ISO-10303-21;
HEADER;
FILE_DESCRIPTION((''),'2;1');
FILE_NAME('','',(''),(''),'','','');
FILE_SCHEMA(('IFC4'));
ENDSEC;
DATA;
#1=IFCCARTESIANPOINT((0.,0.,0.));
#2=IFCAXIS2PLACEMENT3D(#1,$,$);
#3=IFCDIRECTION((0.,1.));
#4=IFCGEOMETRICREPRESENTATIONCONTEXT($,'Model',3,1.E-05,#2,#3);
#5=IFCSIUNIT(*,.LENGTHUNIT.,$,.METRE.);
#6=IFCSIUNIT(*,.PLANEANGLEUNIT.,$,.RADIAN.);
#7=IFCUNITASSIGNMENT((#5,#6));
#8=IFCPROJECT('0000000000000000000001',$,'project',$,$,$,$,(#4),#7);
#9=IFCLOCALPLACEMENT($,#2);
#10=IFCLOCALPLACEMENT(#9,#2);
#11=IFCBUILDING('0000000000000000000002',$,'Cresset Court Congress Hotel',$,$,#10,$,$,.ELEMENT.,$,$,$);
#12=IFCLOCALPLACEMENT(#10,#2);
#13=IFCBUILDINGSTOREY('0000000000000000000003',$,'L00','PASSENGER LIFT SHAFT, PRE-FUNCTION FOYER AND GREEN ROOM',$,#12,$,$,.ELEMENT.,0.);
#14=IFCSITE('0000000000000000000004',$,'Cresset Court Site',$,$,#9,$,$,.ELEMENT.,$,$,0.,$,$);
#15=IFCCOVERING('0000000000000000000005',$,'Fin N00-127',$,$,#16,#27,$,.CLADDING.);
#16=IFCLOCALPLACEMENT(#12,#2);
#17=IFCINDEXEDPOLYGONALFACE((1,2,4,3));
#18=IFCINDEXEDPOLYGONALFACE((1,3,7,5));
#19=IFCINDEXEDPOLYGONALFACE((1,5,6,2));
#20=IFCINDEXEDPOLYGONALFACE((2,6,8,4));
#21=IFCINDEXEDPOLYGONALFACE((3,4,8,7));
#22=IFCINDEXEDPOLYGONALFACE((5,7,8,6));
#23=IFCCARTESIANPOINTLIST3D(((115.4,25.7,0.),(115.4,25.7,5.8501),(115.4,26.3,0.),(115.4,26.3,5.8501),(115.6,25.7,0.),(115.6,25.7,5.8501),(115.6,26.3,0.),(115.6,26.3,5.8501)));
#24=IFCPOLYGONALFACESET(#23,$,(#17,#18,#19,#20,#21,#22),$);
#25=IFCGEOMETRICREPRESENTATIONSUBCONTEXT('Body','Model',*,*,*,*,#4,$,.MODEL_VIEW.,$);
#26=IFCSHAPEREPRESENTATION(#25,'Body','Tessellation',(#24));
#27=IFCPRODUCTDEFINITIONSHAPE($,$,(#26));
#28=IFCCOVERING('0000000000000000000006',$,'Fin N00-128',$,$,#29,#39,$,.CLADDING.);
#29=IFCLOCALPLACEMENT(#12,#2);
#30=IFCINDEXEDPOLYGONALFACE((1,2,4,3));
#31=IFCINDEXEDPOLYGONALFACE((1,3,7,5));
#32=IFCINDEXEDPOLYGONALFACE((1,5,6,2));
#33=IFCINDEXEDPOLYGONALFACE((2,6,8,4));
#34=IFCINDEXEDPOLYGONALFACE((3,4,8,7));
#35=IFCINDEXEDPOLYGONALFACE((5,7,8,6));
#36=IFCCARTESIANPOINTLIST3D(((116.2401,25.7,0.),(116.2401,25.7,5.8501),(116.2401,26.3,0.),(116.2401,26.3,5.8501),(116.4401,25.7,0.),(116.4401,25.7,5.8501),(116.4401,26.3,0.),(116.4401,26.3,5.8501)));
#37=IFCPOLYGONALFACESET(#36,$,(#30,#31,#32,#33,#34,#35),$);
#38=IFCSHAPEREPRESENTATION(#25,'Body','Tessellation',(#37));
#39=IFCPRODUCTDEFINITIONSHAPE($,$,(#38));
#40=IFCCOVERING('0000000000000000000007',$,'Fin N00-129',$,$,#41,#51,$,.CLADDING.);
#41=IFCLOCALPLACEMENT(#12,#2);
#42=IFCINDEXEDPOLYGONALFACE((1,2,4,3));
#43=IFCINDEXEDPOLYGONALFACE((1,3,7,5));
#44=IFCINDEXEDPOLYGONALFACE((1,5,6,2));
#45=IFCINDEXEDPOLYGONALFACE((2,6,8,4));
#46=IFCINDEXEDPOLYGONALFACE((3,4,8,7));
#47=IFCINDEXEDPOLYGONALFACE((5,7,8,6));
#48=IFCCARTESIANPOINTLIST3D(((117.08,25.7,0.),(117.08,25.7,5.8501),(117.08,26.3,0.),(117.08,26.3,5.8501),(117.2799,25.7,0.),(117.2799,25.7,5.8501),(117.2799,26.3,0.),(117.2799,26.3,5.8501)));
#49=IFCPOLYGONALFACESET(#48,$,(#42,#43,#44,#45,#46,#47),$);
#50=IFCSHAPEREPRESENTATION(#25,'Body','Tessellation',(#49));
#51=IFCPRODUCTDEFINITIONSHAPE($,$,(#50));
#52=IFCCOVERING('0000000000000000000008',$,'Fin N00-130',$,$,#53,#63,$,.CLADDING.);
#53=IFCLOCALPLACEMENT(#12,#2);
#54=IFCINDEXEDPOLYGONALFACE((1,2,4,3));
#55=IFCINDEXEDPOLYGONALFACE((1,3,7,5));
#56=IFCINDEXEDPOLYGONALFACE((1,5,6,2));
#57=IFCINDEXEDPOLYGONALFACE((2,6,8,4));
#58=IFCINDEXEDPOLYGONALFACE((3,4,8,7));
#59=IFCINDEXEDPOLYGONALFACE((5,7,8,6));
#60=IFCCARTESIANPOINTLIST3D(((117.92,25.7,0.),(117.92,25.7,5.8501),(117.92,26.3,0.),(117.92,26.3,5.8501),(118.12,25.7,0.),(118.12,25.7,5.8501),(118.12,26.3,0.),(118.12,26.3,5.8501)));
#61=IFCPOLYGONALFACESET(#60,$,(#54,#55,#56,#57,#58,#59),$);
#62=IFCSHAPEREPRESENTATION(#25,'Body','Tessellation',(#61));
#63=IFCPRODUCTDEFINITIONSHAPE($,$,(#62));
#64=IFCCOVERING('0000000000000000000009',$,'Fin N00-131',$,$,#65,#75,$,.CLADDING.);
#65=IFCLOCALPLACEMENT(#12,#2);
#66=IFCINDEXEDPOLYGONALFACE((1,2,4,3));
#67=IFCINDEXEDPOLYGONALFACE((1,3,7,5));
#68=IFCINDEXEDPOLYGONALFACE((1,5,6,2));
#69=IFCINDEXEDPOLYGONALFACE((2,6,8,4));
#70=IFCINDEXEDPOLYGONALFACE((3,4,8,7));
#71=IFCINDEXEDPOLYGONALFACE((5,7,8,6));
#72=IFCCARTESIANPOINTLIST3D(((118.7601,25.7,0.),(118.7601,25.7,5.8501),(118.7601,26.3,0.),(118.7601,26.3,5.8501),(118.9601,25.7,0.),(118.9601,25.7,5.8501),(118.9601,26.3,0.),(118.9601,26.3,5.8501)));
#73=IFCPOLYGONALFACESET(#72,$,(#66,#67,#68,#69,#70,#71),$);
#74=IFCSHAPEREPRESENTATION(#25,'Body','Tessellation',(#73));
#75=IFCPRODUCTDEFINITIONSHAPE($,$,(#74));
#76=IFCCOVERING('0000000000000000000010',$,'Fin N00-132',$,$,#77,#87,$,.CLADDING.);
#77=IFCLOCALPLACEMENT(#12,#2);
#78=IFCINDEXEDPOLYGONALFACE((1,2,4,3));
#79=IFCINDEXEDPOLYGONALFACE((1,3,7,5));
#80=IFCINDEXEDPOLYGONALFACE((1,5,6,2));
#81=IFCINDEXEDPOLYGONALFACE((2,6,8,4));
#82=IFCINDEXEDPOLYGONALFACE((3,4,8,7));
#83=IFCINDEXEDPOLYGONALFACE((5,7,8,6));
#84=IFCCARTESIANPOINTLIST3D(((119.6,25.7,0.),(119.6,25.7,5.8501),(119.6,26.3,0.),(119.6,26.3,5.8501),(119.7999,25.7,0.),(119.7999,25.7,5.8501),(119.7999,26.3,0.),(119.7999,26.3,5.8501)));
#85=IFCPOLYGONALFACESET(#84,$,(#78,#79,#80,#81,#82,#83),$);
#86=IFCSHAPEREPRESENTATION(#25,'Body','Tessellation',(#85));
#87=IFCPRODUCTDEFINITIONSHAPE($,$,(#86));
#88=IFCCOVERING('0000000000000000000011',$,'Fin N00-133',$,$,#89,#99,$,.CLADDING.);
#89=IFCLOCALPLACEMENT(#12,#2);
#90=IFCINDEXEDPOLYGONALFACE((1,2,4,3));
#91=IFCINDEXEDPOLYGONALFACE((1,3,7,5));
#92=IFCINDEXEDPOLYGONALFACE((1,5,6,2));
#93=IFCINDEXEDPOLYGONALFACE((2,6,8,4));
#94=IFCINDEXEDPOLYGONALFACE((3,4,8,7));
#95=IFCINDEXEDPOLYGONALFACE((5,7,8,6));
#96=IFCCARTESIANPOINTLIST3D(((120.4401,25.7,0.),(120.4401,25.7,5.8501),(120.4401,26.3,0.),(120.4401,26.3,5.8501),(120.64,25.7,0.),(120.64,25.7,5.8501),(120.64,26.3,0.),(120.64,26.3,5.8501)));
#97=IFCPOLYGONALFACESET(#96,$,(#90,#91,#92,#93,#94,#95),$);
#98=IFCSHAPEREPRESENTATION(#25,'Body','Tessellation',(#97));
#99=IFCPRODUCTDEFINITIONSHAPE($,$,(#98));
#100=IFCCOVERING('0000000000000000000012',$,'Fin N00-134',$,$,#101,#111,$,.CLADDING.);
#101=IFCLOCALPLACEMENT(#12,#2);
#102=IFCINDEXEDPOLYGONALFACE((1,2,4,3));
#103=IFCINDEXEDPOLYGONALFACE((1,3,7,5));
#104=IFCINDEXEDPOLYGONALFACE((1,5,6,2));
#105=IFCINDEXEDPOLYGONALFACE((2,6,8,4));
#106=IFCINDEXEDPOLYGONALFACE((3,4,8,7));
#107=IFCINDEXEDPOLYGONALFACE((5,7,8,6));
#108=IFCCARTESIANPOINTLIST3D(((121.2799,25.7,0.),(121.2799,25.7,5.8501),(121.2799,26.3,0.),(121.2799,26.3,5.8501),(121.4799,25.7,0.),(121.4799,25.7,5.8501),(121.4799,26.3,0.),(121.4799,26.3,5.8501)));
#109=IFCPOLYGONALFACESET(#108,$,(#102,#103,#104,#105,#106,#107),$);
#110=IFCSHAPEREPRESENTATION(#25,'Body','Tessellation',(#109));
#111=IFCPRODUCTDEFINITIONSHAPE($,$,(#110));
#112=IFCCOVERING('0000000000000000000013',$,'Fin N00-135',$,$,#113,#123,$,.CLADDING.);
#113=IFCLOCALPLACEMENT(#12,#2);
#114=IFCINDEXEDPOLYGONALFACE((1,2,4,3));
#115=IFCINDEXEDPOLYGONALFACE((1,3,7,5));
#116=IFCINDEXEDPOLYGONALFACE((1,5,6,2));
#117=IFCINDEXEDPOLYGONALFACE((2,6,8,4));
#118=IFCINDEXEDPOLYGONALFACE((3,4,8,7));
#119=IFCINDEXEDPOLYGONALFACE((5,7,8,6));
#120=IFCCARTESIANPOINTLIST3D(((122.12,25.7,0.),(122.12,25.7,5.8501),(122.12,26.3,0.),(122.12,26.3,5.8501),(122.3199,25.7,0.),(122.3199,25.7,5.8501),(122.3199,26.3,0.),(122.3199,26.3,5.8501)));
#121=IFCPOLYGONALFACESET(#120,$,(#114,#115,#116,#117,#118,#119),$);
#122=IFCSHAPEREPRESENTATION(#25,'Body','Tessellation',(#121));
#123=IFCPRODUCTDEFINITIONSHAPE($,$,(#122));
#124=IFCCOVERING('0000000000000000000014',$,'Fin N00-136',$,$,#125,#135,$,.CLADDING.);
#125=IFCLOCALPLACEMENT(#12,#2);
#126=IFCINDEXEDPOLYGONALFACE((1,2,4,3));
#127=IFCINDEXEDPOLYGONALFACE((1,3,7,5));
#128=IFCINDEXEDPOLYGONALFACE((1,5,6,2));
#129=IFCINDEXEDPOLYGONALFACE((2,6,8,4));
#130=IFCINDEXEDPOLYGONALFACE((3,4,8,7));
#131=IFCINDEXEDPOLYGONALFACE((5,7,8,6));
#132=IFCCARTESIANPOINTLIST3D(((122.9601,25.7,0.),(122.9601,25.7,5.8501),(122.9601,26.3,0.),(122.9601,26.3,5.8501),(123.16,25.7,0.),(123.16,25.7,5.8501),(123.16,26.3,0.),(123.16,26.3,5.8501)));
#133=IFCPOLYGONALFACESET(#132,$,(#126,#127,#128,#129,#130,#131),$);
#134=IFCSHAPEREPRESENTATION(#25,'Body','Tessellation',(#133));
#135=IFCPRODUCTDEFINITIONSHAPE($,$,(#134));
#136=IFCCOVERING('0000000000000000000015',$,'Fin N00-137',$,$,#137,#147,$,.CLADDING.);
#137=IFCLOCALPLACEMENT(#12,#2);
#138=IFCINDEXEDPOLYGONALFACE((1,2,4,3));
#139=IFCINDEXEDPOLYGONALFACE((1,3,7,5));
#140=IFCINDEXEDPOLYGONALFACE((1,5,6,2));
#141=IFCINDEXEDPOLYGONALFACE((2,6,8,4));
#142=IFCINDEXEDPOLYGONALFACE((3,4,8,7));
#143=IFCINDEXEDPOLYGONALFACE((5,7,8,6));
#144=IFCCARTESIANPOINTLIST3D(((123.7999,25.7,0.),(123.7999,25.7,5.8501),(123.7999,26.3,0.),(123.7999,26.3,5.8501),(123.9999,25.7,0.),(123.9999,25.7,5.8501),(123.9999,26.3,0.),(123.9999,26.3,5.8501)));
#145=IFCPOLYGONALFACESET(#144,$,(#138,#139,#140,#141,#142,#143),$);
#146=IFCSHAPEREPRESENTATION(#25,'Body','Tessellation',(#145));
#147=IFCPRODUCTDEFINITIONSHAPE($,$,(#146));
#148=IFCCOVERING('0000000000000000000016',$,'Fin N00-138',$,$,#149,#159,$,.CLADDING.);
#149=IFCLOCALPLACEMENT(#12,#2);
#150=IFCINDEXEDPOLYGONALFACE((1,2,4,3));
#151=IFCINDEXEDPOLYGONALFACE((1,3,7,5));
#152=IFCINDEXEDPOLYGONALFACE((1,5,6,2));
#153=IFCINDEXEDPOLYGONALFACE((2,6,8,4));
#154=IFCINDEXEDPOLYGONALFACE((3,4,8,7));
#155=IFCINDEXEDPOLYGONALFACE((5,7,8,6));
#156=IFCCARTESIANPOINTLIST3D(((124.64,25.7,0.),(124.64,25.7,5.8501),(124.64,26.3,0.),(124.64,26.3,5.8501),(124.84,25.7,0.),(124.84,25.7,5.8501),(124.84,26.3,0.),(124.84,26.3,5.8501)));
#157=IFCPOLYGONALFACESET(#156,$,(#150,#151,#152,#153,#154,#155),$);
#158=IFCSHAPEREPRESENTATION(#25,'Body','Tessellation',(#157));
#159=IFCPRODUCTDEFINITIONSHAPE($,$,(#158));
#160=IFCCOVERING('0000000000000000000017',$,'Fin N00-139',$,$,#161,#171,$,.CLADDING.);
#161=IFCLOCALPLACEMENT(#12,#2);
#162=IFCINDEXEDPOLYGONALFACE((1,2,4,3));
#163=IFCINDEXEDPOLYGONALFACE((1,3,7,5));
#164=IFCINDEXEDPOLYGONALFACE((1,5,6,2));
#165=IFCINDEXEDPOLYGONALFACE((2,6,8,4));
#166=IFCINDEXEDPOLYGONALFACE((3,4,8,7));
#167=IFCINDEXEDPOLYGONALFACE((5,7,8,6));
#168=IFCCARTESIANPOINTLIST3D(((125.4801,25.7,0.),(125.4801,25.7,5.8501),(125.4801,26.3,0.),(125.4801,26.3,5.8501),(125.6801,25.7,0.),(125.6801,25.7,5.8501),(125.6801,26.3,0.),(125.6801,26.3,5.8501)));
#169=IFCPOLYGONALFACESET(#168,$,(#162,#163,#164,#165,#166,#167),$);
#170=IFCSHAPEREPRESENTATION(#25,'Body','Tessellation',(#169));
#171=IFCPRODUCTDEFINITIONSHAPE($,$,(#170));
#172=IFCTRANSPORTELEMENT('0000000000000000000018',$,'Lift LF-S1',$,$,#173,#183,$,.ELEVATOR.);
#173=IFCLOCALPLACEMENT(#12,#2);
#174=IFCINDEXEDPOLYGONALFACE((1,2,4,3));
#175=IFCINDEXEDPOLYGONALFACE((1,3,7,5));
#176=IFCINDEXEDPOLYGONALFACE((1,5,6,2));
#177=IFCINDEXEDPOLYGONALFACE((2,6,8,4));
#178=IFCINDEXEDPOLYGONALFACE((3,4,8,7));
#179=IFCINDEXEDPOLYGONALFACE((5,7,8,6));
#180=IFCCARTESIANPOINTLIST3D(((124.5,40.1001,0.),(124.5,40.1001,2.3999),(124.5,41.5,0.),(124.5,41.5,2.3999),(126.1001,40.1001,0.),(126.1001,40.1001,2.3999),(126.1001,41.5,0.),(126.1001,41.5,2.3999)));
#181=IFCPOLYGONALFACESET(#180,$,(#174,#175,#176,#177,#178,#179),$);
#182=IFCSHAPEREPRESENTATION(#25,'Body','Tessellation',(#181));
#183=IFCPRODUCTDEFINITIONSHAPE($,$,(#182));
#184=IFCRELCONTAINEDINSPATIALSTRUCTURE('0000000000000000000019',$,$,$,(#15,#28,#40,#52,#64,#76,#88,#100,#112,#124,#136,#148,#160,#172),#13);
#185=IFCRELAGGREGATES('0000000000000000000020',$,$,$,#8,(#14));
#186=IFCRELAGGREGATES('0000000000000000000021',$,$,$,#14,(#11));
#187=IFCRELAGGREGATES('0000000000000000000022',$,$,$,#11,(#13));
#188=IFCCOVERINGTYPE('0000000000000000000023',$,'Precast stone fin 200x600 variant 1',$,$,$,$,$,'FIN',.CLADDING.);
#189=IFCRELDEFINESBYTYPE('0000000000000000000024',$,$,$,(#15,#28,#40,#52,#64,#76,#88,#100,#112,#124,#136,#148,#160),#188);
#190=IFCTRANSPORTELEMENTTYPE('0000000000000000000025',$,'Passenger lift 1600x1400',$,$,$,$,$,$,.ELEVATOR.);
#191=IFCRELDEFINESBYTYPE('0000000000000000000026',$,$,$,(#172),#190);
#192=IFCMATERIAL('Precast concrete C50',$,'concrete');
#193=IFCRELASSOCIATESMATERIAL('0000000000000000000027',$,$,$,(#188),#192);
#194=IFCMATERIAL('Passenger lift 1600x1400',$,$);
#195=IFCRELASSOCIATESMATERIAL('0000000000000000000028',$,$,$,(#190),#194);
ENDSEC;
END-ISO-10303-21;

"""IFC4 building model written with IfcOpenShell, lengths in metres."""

from ifc_helpers import new_model, si_unit, direction, frame, origin, origin_2d, place, context, subcontext, project, spatial, rectangle, extrude, material, type_object, element, save


model = new_model("IFC4")

# Units and contexts
model_context = context("Model", 3, precision=1e-05, world=origin(), true_north=direction((0.0, 1.0)))
body_context = subcontext(model_context, "Body", "Model", "MODEL_VIEW")
ifc_project = project(units=[si_unit("LENGTHUNIT", "METRE"), si_unit("PLANEANGLEUNIT", "RADIAN")], contexts=[model_context])

# Site, building, storey
site_placement = place(None, origin())
site = spatial("IfcSite", under=ifc_project, at=site_placement, Name="Cresset Court Site", CompositionType="ELEMENT", RefElevation=0.0)
building_placement = place(site_placement, origin())
building = spatial("IfcBuilding", under=site, at=building_placement, Name="Cresset Court Congress Hotel", CompositionType="ELEMENT")
storey_placement = place(building_placement, origin())
storey = spatial("IfcBuildingStorey", under=building, at=storey_placement, Name="L00", Description="PASSENGER LIFT SHAFT, PRE-FUNCTION FOYER AND GREEN ROOM", CompositionType="ELEMENT", Elevation=0.0)

# Coverings
ifc_material_1 = material(Name="Precast concrete C50", Category="concrete")
covering_type = type_object("IfcCoveringType", Name="Precast stone fin 200x600 variant 1", ElementType="FIN", PredefinedType="CLADDING", material=ifc_material_1)
for number, where, z_axis, x_axis, name in (
    (1, (115.5, 26.0, 0.0), (0.0, 0.0, 1.0), (1.0, 0.0, 0.0), "Fin N00-127"),
    (2, (116.3401, 26.0, 0.0), (0.0, 0.0, 1.0), (1.0, 0.0, 0.0), "Fin N00-128"),
    (3, (117.1799, 26.0, 0.0), (0.0, 0.0, 1.0), (1.0, 0.0, 0.0), "Fin N00-129"),
    (4, (118.02, 26.0, 0.0), (0.0, 0.0, 1.0), (1.0, 0.0, 0.0), "Fin N00-130"),
    (5, (118.8601, 26.0, 0.0), (0.0, 0.0, 1.0), (1.0, 0.0, 0.0), "Fin N00-131"),
    (6, (119.7, 26.0, 0.0), (0.0, 0.0, 1.0), (1.0, 0.0, 0.0), "Fin N00-132"),
    (7, (120.54, 26.0, 0.0), (0.0, 0.0, 1.0), (1.0, 0.0, 0.0), "Fin N00-133"),
    (8, (121.3799, 26.0, 0.0), (0.0, 0.0, 1.0), (1.0, 0.0, 0.0), "Fin N00-134"),
    (9, (122.22, 26.0, 0.0), (0.0, 0.0, 1.0), (1.0, 0.0, 0.0), "Fin N00-135"),
    (10, (123.0601, 26.0, 0.0), (0.0, 0.0, 1.0), (1.0, 0.0, 0.0), "Fin N00-136"),
    (11, (123.8999, 26.0, 0.0), (0.0, 0.0, 1.0), (1.0, 0.0, 0.0), "Fin N00-137"),
    (12, (124.74, 26.0, 0.0), (0.0, 0.0, 1.0), (1.0, 0.0, 0.0), "Fin N00-138"),
    (13, (125.5801, 26.0, 0.0), (0.0, 0.0, 1.0), (1.0, 0.0, 0.0), "Fin N00-139"),
):
    element("IfcCovering", number, at=place(storey_placement, frame(where, z_axis=z_axis, x_axis=x_axis)), inside=storey, type_object=covering_type, Name=name, PredefinedType="CLADDING", context=body_context, shape_type="SweptSolid", body=[
        extrude(rectangle(XDim=0.2, YDim=0.6001, at=origin_2d()), origin(), (0.0, 0.0, 1.0), 5.8501),
    ])

# Transport element
ifc_material_2 = material(Name="Passenger lift 1600x1400")
transport_element_type = type_object("IfcTransportElementType", Name="Passenger lift 1600x1400", PredefinedType="ELEVATOR", material=ifc_material_2)
transport_element_placement = place(storey_placement, frame((125.3, 40.8, 0.0), z_axis=(0.0, 0.0, 1.0), x_axis=(1.0, 0.0, 0.0)))
element("IfcTransportElement", 14, at=transport_element_placement, inside=storey, type_object=transport_element_type, Name="Lift LF-S1", PredefinedType="ELEVATOR", context=body_context, shape_type="SweptSolid", body=[
    extrude(rectangle(XDim=1.6001, YDim=1.3999, at=origin_2d()), origin(), (0.0, 0.0, 1.0), 2.3999),
])

save(model, "model.ifc")
